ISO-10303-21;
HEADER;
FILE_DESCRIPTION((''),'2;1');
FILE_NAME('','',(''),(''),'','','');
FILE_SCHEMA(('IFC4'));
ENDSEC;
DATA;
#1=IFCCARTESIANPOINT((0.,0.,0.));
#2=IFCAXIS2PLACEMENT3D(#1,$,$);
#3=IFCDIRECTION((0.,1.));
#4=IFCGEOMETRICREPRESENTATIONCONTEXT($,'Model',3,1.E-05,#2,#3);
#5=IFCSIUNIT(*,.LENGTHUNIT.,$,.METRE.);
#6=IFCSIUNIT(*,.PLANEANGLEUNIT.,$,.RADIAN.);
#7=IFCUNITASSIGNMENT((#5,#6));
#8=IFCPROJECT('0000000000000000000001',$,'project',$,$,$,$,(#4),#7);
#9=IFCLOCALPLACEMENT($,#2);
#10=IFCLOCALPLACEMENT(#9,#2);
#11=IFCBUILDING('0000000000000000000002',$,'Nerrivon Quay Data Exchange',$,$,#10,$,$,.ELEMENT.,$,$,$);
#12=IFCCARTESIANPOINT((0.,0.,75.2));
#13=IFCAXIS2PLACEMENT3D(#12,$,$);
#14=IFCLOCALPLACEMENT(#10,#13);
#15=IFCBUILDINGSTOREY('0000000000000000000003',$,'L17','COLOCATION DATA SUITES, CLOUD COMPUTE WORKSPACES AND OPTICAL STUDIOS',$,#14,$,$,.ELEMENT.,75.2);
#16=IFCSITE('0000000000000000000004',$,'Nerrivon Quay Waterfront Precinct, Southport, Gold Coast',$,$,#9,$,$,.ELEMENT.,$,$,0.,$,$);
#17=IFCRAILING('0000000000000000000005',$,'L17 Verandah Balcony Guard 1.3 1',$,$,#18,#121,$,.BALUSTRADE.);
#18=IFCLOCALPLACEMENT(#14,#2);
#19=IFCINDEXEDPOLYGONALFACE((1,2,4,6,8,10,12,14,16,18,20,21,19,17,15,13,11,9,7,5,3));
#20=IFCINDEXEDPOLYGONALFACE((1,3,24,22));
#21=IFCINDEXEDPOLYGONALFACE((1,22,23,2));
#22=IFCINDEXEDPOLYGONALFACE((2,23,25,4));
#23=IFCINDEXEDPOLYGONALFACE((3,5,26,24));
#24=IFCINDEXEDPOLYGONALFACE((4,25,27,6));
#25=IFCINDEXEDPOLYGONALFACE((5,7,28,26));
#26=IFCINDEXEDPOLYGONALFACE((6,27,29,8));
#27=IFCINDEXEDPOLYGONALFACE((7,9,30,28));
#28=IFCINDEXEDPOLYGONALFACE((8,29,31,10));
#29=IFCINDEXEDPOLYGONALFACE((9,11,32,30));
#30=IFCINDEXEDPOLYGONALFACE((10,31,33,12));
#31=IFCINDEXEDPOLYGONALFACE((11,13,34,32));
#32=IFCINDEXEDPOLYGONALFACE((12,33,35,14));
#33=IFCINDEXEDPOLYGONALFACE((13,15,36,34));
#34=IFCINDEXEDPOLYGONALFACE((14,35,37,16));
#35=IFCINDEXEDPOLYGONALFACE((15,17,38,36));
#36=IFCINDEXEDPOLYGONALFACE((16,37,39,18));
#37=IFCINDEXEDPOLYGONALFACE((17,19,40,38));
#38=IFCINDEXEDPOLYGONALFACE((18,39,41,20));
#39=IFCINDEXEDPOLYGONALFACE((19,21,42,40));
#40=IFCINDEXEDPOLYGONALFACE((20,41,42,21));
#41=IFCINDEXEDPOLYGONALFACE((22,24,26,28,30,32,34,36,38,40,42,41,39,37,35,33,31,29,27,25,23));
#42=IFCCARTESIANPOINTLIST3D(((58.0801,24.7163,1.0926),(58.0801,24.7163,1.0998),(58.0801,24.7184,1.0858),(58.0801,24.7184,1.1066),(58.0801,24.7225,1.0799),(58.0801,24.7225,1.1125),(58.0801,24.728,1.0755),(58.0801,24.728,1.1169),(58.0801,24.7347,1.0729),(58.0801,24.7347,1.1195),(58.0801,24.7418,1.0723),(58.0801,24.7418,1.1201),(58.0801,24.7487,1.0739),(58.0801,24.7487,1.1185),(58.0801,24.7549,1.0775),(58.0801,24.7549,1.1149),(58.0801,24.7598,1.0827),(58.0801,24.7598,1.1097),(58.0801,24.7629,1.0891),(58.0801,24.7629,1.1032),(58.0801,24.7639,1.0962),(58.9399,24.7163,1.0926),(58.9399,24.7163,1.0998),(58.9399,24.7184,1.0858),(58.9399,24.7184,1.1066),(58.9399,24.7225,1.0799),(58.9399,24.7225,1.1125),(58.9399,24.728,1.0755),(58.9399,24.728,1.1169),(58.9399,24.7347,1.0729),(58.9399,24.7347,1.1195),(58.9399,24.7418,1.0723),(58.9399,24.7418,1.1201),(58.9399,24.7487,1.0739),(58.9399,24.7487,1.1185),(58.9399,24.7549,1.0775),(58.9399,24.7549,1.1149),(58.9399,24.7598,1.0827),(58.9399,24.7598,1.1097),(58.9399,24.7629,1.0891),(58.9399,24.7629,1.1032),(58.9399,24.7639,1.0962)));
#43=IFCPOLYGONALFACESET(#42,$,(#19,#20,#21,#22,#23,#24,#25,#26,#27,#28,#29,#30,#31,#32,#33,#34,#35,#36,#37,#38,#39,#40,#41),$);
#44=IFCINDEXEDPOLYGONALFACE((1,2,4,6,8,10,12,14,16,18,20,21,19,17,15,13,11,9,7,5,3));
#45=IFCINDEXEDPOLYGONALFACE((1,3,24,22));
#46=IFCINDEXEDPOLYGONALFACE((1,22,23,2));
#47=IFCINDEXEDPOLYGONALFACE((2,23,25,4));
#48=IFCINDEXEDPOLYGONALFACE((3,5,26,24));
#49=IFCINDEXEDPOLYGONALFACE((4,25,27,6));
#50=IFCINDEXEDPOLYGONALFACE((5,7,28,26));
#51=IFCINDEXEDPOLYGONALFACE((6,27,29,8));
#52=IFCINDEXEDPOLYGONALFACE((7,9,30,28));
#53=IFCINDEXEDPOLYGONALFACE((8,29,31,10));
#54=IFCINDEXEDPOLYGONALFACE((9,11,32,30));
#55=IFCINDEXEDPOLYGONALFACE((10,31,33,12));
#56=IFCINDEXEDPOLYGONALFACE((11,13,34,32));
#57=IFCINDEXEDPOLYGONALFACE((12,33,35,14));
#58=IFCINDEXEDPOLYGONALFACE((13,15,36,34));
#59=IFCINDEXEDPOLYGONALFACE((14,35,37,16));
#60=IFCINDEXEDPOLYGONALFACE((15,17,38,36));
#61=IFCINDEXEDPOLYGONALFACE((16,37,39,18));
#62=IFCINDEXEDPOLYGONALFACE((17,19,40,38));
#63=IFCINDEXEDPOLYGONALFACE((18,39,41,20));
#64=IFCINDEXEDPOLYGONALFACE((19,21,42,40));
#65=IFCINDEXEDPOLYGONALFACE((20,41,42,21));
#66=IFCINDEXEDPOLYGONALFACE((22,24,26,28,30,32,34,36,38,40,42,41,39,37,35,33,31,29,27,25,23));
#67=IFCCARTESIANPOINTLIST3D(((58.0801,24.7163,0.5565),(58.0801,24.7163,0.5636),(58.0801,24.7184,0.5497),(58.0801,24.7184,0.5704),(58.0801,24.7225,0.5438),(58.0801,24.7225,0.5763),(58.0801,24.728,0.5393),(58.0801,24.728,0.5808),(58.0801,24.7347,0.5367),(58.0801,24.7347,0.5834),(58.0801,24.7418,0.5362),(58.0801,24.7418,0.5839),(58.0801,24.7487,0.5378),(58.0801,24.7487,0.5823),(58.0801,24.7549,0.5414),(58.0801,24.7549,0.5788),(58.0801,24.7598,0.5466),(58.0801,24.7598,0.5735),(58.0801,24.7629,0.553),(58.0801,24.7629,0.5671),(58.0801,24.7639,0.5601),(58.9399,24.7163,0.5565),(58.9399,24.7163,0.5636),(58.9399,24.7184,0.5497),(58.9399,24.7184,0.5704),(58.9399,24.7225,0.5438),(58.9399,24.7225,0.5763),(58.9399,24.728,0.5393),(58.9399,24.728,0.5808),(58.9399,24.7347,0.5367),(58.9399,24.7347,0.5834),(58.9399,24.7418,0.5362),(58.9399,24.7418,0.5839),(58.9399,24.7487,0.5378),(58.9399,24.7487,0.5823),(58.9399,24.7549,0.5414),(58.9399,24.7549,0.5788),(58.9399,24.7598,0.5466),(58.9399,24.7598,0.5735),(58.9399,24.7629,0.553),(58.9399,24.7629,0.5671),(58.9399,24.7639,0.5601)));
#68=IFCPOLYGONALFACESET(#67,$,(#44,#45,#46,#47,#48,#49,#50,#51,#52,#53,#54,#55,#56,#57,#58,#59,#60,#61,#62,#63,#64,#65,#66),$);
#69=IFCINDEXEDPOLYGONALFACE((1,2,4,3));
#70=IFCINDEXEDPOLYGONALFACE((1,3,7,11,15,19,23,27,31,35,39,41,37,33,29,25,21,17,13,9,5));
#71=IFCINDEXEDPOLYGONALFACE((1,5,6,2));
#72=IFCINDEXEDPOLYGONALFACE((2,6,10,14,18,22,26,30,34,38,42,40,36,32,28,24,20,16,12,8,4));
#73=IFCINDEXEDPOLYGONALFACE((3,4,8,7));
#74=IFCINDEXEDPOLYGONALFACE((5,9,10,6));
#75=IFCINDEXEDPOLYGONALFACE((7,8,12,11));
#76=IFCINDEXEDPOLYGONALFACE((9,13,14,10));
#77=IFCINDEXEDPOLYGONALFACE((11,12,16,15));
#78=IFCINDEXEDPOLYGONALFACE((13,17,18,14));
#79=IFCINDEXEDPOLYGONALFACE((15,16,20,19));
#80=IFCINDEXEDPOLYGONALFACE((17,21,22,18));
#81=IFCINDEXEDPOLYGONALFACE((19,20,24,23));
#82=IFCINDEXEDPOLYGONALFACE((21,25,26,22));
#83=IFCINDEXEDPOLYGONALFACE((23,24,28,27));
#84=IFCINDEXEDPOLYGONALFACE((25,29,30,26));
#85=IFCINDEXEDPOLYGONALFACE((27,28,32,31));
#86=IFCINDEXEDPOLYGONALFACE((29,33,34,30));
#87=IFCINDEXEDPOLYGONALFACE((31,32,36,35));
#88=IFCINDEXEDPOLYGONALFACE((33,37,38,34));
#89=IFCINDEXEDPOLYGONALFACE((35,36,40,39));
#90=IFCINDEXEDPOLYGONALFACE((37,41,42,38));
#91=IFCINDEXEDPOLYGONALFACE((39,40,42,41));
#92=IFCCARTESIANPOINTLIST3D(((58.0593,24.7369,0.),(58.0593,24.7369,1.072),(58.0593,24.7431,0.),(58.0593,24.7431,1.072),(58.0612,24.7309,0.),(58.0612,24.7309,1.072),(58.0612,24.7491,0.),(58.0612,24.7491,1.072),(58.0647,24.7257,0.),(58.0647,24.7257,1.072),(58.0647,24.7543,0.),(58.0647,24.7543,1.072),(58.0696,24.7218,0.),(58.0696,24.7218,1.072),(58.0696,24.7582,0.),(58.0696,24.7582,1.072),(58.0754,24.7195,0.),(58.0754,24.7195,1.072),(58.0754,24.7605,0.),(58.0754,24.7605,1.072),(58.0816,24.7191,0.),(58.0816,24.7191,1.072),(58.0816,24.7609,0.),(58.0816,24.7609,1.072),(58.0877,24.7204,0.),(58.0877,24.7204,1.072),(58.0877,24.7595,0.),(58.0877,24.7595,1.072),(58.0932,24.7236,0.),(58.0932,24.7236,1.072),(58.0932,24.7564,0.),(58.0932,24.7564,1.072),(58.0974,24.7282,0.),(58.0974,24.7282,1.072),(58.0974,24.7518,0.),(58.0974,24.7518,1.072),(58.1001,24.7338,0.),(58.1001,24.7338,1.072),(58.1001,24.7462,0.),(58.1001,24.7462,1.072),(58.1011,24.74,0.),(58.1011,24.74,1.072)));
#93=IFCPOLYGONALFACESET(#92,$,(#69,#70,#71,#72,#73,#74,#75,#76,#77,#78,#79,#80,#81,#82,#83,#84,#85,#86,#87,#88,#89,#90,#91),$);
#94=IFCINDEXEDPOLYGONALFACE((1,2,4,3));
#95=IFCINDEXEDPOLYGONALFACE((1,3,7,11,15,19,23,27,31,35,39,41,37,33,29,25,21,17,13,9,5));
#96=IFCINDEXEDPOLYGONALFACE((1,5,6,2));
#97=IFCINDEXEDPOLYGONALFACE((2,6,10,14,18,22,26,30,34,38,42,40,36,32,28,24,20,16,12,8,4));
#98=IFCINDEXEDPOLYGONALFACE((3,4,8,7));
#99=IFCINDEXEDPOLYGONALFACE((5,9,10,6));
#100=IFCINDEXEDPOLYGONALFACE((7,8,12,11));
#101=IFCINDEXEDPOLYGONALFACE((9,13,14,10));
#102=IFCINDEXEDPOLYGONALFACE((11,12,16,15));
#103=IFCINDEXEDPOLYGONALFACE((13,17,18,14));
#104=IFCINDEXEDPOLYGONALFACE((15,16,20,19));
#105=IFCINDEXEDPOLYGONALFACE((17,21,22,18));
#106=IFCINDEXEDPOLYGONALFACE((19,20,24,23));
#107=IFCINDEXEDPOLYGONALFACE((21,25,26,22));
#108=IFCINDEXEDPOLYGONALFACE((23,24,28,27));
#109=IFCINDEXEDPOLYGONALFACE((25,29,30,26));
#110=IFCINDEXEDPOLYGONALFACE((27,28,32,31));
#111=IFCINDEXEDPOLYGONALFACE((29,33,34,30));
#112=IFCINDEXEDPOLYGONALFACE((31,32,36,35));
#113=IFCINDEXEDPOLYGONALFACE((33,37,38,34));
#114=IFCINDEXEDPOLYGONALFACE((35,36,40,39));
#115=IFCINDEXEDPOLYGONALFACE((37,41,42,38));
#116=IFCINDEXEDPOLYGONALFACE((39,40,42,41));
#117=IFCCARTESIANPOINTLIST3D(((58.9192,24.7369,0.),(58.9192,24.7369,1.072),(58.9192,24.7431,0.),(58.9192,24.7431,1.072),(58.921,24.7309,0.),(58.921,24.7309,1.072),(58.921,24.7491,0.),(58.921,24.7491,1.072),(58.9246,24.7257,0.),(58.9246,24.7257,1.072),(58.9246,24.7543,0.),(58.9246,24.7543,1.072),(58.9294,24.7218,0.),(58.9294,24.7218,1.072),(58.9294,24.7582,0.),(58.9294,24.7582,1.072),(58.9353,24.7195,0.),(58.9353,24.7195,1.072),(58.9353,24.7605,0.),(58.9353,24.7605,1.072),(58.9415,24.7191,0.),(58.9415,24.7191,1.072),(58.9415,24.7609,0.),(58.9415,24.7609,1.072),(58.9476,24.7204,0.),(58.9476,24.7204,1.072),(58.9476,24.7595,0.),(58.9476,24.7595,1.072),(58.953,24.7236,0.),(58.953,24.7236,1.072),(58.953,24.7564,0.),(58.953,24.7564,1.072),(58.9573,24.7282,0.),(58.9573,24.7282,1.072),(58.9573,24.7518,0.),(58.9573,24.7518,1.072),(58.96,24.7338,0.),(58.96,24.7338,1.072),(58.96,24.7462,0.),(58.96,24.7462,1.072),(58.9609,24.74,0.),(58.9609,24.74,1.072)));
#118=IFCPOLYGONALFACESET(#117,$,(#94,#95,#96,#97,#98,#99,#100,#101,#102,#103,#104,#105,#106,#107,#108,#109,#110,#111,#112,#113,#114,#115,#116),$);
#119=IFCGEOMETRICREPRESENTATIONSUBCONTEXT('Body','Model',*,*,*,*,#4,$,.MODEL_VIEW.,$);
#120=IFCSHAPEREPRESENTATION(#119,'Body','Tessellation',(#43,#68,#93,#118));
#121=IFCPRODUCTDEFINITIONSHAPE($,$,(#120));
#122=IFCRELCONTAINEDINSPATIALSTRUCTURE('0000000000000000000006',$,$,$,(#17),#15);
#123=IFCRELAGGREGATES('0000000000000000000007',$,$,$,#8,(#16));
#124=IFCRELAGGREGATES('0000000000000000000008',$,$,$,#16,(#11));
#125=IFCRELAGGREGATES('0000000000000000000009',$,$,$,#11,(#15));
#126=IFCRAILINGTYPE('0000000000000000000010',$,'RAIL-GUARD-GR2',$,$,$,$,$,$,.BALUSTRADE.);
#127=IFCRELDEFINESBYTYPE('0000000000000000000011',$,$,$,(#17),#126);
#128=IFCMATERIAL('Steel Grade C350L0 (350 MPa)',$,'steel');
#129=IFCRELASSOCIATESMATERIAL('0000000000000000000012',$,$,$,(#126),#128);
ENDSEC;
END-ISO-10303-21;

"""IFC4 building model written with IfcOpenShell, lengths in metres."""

from ifc_helpers import new_model, si_unit, direction, frame, origin, origin_2d, place, context, subcontext, project, spatial, circle, extrude, material, type_object, element, save


model = new_model("IFC4")

# Units and contexts
model_context = context("Model", 3, precision=1e-05, world=origin(), true_north=direction((0.0, 1.0)))
body_context = subcontext(model_context, "Body", "Model", "MODEL_VIEW")
ifc_project = project(units=[si_unit("LENGTHUNIT", "METRE"), si_unit("PLANEANGLEUNIT", "RADIAN")], contexts=[model_context])

# Site, building, storey
site_placement = place(None, origin())
site = spatial("IfcSite", under=ifc_project, at=site_placement, Name="Nerrivon Quay Waterfront Precinct, Southport, Gold Coast", CompositionType="ELEMENT", RefElevation=0.0)
building_placement = place(site_placement, origin())
building = spatial("IfcBuilding", under=site, at=building_placement, Name="Nerrivon Quay Data Exchange", CompositionType="ELEMENT")
storey_placement = place(building_placement, frame((0.0, 0.0, 75.2)))
storey = spatial("IfcBuildingStorey", under=building, at=storey_placement, Name="L17", Description="COLOCATION DATA SUITES, CLOUD COMPUTE WORKSPACES AND OPTICAL STUDIOS", CompositionType="ELEMENT", Elevation=75.2)

# Railing
ifc_material_1 = material(Name="Steel Grade C350L0 (350 MPa)", Category="steel")
railing_type = type_object("IfcRailingType", Name="RAIL-GUARD-GR2", PredefinedType="BALUSTRADE", material=ifc_material_1)
railing_1_placement = place(storey_placement, frame((58.0801, 24.74, 0.0)))
element("IfcRailing", 1, at=railing_1_placement, inside=storey, type_object=railing_type, Name="L17 Verandah Balcony Guard 1.3 1", PredefinedType="BALUSTRADE", context=body_context, shape_type="SweptSolid", body=[
    extrude(circle(Radius=0.0239, at=origin_2d()), frame((0.0, 0.0, 1.0962), z_axis=(1.0, 0.0, 0.0), x_axis=(0.0, 1.0, 0.0)), (0.0, 0.0, 1.0), 0.8599),
    extrude(circle(Radius=0.0239, at=origin_2d()), frame((0.0, 0.0, 0.5601), z_axis=(1.0, 0.0, 0.0), x_axis=(0.0, 1.0, 0.0)), (0.0, 0.0, 1.0), 0.8599),
    extrude(circle(Radius=0.021, at=origin_2d()), origin(), (0.0, 0.0, 1.0), 1.072),
    extrude(circle(Radius=0.021, at=origin_2d()), frame((0.8599, 0.0, 0.0)), (0.0, 0.0, 1.0), 1.072),
])

save(model, "model.ifc")
